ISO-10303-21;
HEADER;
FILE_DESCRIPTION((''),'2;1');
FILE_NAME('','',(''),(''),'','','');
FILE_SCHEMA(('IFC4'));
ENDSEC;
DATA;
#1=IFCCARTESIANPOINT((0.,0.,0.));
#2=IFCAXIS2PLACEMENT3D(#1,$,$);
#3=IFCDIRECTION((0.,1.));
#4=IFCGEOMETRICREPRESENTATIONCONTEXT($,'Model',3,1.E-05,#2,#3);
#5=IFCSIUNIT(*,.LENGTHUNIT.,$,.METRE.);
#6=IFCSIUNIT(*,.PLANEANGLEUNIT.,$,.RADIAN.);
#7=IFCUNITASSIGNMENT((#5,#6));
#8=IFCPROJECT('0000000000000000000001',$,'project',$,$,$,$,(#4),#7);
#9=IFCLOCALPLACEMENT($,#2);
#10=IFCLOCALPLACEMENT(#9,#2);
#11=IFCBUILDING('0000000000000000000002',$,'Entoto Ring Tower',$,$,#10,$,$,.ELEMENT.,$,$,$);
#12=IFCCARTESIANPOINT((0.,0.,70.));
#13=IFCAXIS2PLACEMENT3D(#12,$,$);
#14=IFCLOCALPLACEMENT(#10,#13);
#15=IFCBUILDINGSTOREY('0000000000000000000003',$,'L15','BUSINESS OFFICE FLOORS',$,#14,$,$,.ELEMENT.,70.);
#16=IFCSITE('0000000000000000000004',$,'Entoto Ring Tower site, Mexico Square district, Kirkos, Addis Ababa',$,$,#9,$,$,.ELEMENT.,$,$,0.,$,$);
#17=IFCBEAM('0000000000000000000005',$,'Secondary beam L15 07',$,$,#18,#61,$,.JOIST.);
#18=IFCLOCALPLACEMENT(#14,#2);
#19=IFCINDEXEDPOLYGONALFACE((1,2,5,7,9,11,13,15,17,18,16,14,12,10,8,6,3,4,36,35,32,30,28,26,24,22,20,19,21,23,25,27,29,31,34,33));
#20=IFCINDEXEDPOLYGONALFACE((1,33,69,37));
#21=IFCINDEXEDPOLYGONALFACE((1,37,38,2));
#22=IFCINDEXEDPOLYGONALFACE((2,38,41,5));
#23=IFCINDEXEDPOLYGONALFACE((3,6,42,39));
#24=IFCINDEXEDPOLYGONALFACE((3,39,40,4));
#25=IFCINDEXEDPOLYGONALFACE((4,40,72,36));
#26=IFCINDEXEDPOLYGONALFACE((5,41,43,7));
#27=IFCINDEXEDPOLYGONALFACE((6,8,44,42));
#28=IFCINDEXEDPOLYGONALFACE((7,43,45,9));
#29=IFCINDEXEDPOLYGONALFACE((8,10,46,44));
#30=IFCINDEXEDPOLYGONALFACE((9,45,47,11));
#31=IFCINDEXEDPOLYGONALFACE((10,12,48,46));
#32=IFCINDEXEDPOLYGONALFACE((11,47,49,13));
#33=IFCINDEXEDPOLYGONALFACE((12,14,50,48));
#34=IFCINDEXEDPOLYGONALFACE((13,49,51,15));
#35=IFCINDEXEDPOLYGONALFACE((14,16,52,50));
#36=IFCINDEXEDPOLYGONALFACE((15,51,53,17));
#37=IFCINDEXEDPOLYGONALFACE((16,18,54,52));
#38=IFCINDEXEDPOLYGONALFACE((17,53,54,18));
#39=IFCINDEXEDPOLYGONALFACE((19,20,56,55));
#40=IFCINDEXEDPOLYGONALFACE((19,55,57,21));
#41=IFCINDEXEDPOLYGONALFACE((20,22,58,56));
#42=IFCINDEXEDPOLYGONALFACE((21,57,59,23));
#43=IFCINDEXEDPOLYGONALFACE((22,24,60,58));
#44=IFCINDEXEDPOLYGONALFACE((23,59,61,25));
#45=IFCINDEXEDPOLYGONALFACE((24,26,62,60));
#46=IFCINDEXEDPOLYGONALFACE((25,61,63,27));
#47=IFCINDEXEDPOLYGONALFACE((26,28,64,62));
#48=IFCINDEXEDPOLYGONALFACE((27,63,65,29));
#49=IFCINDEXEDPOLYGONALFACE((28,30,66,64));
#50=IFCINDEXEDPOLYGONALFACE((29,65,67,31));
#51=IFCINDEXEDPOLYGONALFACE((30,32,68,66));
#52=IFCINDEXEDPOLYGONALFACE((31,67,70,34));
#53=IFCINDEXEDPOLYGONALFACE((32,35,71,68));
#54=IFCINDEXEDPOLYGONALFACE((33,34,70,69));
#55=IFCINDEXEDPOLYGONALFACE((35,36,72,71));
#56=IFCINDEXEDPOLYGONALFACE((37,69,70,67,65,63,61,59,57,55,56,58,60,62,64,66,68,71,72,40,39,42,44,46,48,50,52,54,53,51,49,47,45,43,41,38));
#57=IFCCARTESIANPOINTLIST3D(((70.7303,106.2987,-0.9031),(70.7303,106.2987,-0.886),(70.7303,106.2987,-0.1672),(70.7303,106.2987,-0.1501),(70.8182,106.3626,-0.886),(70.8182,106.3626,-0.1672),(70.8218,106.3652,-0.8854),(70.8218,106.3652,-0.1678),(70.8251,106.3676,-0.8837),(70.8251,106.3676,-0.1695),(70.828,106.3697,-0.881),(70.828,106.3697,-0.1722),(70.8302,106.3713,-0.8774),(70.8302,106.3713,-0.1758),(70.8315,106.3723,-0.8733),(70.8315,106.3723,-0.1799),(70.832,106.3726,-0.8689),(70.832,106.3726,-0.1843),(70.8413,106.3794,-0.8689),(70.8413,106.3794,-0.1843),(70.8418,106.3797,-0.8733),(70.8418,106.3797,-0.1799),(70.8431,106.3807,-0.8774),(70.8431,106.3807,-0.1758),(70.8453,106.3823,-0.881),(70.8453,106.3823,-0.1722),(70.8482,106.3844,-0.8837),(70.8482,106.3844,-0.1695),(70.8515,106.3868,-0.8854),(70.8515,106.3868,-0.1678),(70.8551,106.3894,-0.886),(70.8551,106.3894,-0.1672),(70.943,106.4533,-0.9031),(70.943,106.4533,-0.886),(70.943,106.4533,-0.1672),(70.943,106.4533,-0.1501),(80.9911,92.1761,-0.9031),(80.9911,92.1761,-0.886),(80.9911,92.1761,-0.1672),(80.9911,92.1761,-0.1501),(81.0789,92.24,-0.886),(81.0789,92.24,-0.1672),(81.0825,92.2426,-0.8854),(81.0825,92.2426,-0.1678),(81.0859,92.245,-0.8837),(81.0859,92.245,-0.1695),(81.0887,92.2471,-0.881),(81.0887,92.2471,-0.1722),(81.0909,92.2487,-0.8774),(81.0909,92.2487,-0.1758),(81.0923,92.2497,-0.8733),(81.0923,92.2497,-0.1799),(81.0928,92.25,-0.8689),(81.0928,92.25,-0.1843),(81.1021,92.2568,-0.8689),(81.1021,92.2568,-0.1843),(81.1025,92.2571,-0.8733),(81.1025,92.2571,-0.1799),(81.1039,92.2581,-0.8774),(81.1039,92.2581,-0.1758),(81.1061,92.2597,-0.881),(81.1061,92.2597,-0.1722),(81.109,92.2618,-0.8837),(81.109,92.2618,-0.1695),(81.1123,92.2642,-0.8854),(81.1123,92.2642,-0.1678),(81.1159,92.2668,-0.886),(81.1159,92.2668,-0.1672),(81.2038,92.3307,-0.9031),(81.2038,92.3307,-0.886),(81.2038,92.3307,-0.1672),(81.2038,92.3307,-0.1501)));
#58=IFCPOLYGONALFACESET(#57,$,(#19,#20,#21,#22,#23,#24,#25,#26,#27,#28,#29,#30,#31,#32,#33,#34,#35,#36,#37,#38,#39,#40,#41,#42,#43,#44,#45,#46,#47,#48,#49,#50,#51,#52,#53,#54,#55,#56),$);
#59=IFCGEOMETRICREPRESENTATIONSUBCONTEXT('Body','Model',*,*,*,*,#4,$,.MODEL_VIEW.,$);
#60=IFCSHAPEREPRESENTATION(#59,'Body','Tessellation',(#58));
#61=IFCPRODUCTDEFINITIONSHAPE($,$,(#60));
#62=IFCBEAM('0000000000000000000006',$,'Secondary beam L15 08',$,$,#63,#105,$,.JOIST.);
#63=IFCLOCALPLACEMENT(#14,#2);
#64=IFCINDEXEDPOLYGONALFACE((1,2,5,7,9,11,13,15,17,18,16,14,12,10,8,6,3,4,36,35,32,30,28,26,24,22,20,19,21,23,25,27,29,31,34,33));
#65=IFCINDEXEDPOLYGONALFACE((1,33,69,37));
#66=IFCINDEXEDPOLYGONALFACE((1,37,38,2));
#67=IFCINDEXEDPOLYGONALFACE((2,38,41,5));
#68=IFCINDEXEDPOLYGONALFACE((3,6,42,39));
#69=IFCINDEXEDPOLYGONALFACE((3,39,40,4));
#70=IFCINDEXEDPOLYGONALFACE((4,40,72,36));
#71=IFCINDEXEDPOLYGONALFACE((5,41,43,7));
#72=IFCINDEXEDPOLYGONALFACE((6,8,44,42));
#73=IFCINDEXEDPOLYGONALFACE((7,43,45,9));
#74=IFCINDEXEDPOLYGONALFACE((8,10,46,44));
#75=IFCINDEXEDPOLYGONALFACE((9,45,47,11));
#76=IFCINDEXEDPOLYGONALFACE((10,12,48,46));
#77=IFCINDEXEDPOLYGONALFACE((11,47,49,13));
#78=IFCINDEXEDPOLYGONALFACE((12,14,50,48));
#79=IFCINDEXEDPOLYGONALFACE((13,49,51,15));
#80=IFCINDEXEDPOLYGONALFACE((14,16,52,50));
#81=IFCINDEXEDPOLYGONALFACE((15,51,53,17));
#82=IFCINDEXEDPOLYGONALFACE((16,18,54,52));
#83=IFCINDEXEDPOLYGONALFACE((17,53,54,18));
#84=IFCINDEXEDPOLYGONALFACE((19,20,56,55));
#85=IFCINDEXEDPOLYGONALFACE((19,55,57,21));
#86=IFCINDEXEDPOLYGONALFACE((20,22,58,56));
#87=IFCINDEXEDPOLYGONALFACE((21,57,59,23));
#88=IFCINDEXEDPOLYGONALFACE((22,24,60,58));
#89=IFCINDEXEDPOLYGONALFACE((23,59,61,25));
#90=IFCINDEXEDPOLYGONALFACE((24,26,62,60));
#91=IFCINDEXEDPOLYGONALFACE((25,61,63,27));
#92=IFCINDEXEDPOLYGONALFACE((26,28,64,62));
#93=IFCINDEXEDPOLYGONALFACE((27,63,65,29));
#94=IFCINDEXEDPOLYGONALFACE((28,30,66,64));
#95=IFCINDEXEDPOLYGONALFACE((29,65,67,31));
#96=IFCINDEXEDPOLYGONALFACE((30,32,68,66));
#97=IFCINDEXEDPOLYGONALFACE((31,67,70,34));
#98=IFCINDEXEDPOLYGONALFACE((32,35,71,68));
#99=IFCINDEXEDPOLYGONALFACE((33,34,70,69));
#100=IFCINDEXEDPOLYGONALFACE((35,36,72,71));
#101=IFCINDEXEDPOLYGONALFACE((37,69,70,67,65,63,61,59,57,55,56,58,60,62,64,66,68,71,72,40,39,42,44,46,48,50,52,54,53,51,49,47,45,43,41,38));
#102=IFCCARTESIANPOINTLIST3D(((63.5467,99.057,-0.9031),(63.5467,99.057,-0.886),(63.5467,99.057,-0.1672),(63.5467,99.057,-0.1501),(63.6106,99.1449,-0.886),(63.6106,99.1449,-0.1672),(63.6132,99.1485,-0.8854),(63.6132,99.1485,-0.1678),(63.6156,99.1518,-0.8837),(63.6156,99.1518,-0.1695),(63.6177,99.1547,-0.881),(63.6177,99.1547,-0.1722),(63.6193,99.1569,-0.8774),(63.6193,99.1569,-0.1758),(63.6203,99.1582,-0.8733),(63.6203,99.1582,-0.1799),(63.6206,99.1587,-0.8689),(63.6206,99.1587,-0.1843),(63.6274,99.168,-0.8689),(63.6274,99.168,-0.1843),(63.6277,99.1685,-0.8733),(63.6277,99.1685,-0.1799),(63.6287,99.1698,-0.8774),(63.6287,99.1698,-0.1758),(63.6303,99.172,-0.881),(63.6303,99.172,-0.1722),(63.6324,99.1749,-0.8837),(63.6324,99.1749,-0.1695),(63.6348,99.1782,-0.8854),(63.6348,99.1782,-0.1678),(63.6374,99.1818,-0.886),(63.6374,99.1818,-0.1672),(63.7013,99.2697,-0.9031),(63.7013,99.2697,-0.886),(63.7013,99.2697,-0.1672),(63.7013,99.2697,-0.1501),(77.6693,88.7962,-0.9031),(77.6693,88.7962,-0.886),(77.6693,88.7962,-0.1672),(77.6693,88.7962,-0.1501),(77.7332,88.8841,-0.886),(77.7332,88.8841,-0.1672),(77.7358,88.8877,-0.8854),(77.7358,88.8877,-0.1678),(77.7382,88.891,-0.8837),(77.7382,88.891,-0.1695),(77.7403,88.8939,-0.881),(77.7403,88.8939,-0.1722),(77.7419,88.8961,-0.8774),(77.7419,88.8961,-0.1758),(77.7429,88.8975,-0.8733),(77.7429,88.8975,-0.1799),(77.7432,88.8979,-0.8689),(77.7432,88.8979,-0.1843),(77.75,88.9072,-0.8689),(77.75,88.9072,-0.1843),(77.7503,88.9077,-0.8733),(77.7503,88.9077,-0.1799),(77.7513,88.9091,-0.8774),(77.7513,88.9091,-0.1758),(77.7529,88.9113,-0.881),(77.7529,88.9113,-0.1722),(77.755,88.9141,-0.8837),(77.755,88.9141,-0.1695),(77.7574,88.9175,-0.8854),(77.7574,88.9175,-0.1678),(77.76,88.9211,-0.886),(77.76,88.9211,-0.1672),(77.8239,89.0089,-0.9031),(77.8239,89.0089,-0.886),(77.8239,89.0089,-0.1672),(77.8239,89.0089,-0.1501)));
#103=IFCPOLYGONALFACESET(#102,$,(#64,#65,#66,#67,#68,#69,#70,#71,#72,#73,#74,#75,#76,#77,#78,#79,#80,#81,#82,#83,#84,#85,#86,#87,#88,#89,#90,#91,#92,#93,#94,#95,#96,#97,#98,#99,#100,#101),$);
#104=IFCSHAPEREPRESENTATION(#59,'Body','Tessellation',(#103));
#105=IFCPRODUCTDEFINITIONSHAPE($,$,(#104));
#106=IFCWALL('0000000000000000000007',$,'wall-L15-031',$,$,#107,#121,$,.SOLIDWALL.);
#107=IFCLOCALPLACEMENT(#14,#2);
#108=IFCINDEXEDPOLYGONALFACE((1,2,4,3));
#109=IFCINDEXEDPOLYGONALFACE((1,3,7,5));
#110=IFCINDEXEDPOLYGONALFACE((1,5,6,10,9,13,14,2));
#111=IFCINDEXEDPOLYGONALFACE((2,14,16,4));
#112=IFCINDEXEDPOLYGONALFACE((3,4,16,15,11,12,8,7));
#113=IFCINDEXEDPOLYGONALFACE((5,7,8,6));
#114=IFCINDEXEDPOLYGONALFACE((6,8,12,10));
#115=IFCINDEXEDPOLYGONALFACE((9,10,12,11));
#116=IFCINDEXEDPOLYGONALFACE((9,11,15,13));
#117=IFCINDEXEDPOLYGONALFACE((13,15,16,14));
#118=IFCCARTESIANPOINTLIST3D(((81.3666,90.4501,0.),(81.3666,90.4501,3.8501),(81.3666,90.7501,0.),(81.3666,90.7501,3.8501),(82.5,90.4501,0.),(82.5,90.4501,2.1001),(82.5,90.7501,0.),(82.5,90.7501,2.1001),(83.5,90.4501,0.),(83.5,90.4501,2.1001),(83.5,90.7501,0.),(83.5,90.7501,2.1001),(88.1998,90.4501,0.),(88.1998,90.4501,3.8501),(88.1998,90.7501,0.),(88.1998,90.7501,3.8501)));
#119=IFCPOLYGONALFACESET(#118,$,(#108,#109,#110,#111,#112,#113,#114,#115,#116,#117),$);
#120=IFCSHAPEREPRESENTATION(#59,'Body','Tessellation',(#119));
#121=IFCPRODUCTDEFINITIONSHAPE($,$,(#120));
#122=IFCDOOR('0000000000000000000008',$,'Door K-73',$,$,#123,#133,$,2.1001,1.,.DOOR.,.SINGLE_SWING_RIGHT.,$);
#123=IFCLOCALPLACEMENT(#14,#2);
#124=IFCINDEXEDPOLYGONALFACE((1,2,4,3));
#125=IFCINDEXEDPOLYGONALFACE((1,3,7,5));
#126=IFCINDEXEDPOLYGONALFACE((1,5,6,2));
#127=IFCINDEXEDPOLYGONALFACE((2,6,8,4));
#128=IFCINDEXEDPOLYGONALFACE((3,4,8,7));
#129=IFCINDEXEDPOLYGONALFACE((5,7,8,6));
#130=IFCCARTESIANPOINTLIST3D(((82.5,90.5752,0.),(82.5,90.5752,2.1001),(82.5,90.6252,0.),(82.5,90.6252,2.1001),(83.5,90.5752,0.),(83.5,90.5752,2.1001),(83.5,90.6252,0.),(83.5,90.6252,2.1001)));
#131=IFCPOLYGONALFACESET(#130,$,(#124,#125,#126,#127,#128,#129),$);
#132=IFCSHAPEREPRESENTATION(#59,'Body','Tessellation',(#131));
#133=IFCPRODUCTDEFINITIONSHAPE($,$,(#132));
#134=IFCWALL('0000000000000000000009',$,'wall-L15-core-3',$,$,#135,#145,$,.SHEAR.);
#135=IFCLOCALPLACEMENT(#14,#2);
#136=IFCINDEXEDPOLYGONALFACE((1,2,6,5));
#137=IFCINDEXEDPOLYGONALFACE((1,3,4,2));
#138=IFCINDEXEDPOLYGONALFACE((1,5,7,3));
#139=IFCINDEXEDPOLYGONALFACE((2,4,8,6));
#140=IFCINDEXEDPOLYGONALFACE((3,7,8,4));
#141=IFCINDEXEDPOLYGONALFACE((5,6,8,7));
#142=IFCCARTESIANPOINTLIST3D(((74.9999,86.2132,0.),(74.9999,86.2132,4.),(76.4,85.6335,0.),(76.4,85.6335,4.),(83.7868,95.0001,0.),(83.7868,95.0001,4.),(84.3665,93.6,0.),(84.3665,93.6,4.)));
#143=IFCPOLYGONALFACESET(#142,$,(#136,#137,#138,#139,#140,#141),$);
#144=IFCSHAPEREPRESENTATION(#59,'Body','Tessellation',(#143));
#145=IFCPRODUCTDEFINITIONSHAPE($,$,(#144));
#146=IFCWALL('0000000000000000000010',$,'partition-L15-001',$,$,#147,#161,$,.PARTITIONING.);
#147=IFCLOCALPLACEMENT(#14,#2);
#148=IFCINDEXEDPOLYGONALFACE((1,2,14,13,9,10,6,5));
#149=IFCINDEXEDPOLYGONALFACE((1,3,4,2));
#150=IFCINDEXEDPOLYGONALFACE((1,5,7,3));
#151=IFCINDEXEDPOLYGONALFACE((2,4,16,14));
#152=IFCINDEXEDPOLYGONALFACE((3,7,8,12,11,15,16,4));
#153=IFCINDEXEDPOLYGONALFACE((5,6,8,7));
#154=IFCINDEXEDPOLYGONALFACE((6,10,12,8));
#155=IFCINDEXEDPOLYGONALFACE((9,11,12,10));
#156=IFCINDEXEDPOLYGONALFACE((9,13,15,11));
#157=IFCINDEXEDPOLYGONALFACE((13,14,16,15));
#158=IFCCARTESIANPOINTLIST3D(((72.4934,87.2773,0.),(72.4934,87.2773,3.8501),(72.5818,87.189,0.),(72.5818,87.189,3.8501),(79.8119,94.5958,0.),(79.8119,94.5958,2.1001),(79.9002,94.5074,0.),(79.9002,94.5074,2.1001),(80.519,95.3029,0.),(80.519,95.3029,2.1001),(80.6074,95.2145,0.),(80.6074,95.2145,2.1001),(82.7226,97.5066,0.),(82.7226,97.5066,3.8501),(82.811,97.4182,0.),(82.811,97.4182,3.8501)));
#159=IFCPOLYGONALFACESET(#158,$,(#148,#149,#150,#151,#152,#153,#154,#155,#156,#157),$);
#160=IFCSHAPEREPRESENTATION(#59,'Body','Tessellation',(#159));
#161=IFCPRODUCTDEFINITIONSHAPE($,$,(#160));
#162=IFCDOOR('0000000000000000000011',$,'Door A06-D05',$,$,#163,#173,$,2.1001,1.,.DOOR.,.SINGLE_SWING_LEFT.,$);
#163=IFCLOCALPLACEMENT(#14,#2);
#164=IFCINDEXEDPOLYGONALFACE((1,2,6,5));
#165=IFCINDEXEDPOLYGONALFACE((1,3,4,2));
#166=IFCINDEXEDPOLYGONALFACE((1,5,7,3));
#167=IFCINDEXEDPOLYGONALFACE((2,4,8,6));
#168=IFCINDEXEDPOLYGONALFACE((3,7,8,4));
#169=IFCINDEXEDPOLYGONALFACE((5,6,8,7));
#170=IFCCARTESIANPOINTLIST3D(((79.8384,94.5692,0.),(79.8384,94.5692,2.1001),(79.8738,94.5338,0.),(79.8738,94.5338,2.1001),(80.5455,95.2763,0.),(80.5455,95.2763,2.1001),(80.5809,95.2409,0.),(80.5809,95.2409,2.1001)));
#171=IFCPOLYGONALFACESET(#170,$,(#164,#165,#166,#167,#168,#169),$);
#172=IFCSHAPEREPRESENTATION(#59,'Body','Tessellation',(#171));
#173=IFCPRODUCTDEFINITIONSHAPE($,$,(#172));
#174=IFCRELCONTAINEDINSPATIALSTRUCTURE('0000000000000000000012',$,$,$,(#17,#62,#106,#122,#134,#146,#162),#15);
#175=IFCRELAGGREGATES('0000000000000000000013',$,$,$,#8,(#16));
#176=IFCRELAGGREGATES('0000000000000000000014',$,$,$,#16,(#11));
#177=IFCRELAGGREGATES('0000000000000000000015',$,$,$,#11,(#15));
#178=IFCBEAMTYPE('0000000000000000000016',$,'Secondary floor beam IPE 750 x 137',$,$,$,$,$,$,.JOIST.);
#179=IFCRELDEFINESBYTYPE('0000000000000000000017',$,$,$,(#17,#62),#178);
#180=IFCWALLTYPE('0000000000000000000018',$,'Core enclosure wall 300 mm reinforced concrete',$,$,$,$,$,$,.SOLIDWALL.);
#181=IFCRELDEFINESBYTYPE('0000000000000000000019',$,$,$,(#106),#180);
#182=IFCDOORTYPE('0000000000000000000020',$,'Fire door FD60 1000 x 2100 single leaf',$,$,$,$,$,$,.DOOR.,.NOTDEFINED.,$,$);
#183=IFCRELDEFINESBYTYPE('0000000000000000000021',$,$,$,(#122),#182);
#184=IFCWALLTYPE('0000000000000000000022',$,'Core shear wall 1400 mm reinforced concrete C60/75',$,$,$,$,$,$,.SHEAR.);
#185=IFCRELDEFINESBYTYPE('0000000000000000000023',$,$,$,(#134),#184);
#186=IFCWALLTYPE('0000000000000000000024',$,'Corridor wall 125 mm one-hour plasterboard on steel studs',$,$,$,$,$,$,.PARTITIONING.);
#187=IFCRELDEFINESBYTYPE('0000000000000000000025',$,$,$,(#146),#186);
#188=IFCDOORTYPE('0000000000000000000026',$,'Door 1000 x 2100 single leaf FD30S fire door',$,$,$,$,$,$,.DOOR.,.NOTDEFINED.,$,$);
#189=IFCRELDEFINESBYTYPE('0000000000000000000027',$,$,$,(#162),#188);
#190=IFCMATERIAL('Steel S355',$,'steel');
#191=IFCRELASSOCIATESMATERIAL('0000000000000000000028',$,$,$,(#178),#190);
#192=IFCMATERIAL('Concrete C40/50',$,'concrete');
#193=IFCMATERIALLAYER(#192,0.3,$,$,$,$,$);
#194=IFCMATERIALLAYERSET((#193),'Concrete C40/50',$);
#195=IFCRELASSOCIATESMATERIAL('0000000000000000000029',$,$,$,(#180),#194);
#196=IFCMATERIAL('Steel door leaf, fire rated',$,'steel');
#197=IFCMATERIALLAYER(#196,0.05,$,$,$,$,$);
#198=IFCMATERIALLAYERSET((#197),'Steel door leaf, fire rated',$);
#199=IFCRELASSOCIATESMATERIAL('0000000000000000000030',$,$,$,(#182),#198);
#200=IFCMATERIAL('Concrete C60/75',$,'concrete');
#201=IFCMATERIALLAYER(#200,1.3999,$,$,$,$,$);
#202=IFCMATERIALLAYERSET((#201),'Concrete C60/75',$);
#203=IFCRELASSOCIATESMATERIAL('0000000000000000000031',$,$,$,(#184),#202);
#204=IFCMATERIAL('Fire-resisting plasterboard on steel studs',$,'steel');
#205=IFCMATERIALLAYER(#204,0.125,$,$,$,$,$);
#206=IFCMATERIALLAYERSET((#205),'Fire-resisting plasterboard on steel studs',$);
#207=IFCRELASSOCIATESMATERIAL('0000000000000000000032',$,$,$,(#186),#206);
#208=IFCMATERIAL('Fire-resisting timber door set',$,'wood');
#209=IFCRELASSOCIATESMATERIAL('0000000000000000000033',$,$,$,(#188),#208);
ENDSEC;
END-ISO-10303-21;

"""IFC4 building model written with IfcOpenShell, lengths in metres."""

from ifc_helpers import new_model, si_unit, direction, frame, frame_2d, origin, origin_2d, place, context, subcontext, project, spatial, polyline, rectangle, i_section, outline, extrude, material, layer, layer_set, material_profile, profile_set, type_object, element, fill, save


model = new_model("IFC4")

# Units and contexts
model_context = context("Model", 3, precision=1e-05, world=origin(), true_north=direction((0.0, 1.0)))
body_context = subcontext(model_context, "Body", "Model", "MODEL_VIEW")
ifc_project = project(units=[si_unit("LENGTHUNIT", "METRE"), si_unit("PLANEANGLEUNIT", "RADIAN")], contexts=[model_context])

# Site, building, storey
site_placement = place(None, origin())
site = spatial("IfcSite", under=ifc_project, at=site_placement, Name="Entoto Ring Tower site, Mexico Square district, Kirkos, Addis Ababa", CompositionType="ELEMENT", RefElevation=0.0)
building_placement = place(site_placement, origin())
building = spatial("IfcBuilding", under=site, at=building_placement, Name="Entoto Ring Tower", CompositionType="ELEMENT")
storey_placement = place(building_placement, frame((0.0, 0.0, 70.0)))
storey = spatial("IfcBuildingStorey", under=building, at=storey_placement, Name="L15", Description="BUSINESS OFFICE FLOORS", CompositionType="ELEMENT", Elevation=70.0)

# Beams
ifc_material_1 = material(Name="Steel S355", Category="steel")
ifc_material_profile_1 = material_profile(ifc_material_1, i_section(OverallWidth=0.2629, OverallDepth=0.7529, WebThickness=0.0115, FlangeThickness=0.0171, FilletRadius=0.0171, at=origin_2d()), Name="IPE 750 x 137")
ifc_profile_set_1 = profile_set([ifc_material_profile_1], Name="Steel S355")
beam_type_1 = type_object("IfcBeamType", Name="Secondary floor beam IPE 750 x 137", PredefinedType="JOIST", material=ifc_profile_set_1)
for number, where, z_axis, x_axis, name in (
    (1, (81.0974, 92.2534, -0.5266), (-0.587789, 0.809014, 0.0), (-0.809014, -0.587789, 0.0), "Secondary beam L15 07"),
    (2, (77.7466, 88.9026, -0.5266), (-0.809014, 0.587789, 0.0), (-0.587789, -0.809014, 0.0), "Secondary beam L15 08"),
):
    element("IfcBeam", number, at=place(storey_placement, frame(where, z_axis=z_axis, x_axis=x_axis)), inside=storey, type_object=beam_type_1, Name=name, PredefinedType="JOIST", context=body_context, shape_type="SweptSolid", body=[
        extrude(i_section(OverallWidth=0.2629, OverallDepth=0.7529, WebThickness=0.0115, FlangeThickness=0.0171, FilletRadius=0.0171, at=origin_2d()), origin(), (0.0, 0.0, 1.0), 17.4565),
    ])

# Wall, opening, door
ifc_material_2 = material(Name="Concrete C40/50", Category="concrete")
ifc_layer_1 = layer(ifc_material_2, 0.3)
ifc_layer_set_1 = layer_set([ifc_layer_1], Name="Concrete C40/50")
wall_type_1 = type_object("IfcWallType", Name="Core enclosure wall 300 mm reinforced concrete", PredefinedType="SOLIDWALL", material=ifc_layer_set_1)
wall_1_placement = place(storey_placement, frame((81.3667, 90.6001, 0.0), z_axis=(0.0, 0.0, 1.0), x_axis=(1.0, 0.0, 0.0)))
wall_1 = element("IfcWall", 3, at=wall_1_placement, inside=storey, type_object=wall_type_1, Name="wall-L15-031", PredefinedType="SOLIDWALL", context=body_context, shape_type="SweptSolid", body=[
    extrude(rectangle(XDim=6.8333, YDim=0.3, at=frame_2d((3.4165, 0.0))), origin(), (0.0, 0.0, 1.0), 3.8501),
])
opening_1_placement = place(wall_1_placement, frame((1.1333, 0.0, 0.0)))
opening_1 = element("IfcOpeningElement", 4, at=opening_1_placement, cuts=wall_1, PredefinedType="OPENING", context=body_context, shape_type="SweptSolid", body=[
    extrude(rectangle(XDim=1.0, YDim=2.1001, at=frame_2d((0.5, 1.05))), frame((0.0, 0.1602, 0.0), z_axis=(0.0, -1.0, 0.0), x_axis=(1.0, 0.0, 0.0)), (0.0, 0.0, 1.0), 0.3201),
])
ifc_material_3 = material(Name="Steel door leaf, fire rated", Category="steel")
ifc_layer_2 = layer(ifc_material_3, 0.05)
ifc_layer_set_2 = layer_set([ifc_layer_2], Name="Steel door leaf, fire rated")
door_type_1 = type_object("IfcDoorType", Name="Fire door FD60 1000 x 2100 single leaf", OperationType="NOTDEFINED", PredefinedType="DOOR", material=ifc_layer_set_2)
door_1_placement = place(opening_1_placement, frame((1.0, 0.0, 0.0), z_axis=(0.0, 0.0, 1.0), x_axis=(-1.0, 0.0, 0.0)))
door_1 = element("IfcDoor", 5, at=door_1_placement, inside=storey, type_object=door_type_1, Name="Door K-73", OperationType="SINGLE_SWING_RIGHT", OverallHeight=2.1001, OverallWidth=1.0, PredefinedType="DOOR", context=body_context, shape_type="SweptSolid", body=[
    extrude(rectangle(XDim=1.0, YDim=2.1001, at=frame_2d((0.5, 1.05))), frame((0.0, 0.0249, 0.0), z_axis=(0.0, -1.0, 0.0), x_axis=(1.0, 0.0, 0.0)), (0.0, 0.0, 1.0), 0.05),
])
fill(opening_1, door_1)

# Wall
ifc_material_4 = material(Name="Concrete C60/75", Category="concrete")
ifc_layer_3 = layer(ifc_material_4, 1.3999)
ifc_layer_set_3 = layer_set([ifc_layer_3], Name="Concrete C60/75")
wall_type_2 = type_object("IfcWallType", Name="Core shear wall 1400 mm reinforced concrete C60/75", PredefinedType="SHEAR", material=ifc_layer_set_3)
wall_2_placement = place(storey_placement, frame((84.0767, 94.3, 0.0), z_axis=(0.0, 0.0, 1.0), x_axis=(-0.707107, -0.707107, 0.0)))
element("IfcWall", 6, at=wall_2_placement, inside=storey, type_object=wall_type_2, Name="wall-L15-core-3", PredefinedType="SHEAR", context=body_context, shape_type="SweptSolid", body=[
    extrude(outline(polyline([(-0.29, -0.7), (12.1365, -0.7), (11.5564, 0.7), (0.29, 0.7), (-0.29, -0.7)])), origin(), (0.0, 0.0, 1.0), 4.0),
])

# Wall, opening, door
ifc_material_5 = material(Name="Fire-resisting plasterboard on steel studs", Category="steel")
ifc_layer_4 = layer(ifc_material_5, 0.125)
ifc_layer_set_4 = layer_set([ifc_layer_4], Name="Fire-resisting plasterboard on steel studs")
wall_type_3 = type_object("IfcWallType", Name="Corridor wall 125 mm one-hour plasterboard on steel studs", PredefinedType="PARTITIONING", material=ifc_layer_set_4)
wall_3_placement = place(storey_placement, frame((72.5376, 87.2332, 0.0), z_axis=(0.0, 0.0, 1.0), x_axis=(0.707107, 0.707107, 0.0)))
wall_3 = element("IfcWall", 7, at=wall_3_placement, inside=storey, type_object=wall_type_3, Name="partition-L15-001", PredefinedType="PARTITIONING", context=body_context, shape_type="SweptSolid", body=[
    extrude(rectangle(XDim=14.4663, YDim=0.125, at=frame_2d((7.2332, 0.0))), origin(), (0.0, 0.0, 1.0), 3.8501),
])
opening_2_placement = place(wall_3_placement, frame((10.3499, 0.0, 0.0)))
opening_2 = element("IfcOpeningElement", 8, at=opening_2_placement, cuts=wall_3, PredefinedType="OPENING", context=body_context, shape_type="SweptSolid", body=[
    extrude(rectangle(XDim=1.0, YDim=2.1001, at=frame_2d((0.5, 1.05))), frame((0.0, 0.0725, 0.0), z_axis=(0.0, -1.0, 0.0), x_axis=(1.0, 0.0, 0.0)), (0.0, 0.0, 1.0), 0.145),
])
ifc_material_6 = material(Name="Fire-resisting timber door set", Category="wood")
door_type_2 = type_object("IfcDoorType", Name="Door 1000 x 2100 single leaf FD30S fire door", OperationType="NOTDEFINED", PredefinedType="DOOR", material=ifc_material_6)
door_2_placement = place(opening_2_placement, origin())
door_2 = element("IfcDoor", 9, at=door_2_placement, inside=storey, type_object=door_type_2, Name="Door A06-D05", OperationType="SINGLE_SWING_LEFT", OverallHeight=2.1001, OverallWidth=1.0, PredefinedType="DOOR", context=body_context, shape_type="SweptSolid", body=[
    extrude(rectangle(XDim=1.0, YDim=2.1001, at=frame_2d((0.5, 1.05))), frame((0.0, 0.0249, 0.0), z_axis=(0.0, -1.0, 0.0), x_axis=(1.0, 0.0, 0.0)), (0.0, 0.0, 1.0), 0.05),
])
fill(opening_2, door_2)

save(model, "model.ifc")
